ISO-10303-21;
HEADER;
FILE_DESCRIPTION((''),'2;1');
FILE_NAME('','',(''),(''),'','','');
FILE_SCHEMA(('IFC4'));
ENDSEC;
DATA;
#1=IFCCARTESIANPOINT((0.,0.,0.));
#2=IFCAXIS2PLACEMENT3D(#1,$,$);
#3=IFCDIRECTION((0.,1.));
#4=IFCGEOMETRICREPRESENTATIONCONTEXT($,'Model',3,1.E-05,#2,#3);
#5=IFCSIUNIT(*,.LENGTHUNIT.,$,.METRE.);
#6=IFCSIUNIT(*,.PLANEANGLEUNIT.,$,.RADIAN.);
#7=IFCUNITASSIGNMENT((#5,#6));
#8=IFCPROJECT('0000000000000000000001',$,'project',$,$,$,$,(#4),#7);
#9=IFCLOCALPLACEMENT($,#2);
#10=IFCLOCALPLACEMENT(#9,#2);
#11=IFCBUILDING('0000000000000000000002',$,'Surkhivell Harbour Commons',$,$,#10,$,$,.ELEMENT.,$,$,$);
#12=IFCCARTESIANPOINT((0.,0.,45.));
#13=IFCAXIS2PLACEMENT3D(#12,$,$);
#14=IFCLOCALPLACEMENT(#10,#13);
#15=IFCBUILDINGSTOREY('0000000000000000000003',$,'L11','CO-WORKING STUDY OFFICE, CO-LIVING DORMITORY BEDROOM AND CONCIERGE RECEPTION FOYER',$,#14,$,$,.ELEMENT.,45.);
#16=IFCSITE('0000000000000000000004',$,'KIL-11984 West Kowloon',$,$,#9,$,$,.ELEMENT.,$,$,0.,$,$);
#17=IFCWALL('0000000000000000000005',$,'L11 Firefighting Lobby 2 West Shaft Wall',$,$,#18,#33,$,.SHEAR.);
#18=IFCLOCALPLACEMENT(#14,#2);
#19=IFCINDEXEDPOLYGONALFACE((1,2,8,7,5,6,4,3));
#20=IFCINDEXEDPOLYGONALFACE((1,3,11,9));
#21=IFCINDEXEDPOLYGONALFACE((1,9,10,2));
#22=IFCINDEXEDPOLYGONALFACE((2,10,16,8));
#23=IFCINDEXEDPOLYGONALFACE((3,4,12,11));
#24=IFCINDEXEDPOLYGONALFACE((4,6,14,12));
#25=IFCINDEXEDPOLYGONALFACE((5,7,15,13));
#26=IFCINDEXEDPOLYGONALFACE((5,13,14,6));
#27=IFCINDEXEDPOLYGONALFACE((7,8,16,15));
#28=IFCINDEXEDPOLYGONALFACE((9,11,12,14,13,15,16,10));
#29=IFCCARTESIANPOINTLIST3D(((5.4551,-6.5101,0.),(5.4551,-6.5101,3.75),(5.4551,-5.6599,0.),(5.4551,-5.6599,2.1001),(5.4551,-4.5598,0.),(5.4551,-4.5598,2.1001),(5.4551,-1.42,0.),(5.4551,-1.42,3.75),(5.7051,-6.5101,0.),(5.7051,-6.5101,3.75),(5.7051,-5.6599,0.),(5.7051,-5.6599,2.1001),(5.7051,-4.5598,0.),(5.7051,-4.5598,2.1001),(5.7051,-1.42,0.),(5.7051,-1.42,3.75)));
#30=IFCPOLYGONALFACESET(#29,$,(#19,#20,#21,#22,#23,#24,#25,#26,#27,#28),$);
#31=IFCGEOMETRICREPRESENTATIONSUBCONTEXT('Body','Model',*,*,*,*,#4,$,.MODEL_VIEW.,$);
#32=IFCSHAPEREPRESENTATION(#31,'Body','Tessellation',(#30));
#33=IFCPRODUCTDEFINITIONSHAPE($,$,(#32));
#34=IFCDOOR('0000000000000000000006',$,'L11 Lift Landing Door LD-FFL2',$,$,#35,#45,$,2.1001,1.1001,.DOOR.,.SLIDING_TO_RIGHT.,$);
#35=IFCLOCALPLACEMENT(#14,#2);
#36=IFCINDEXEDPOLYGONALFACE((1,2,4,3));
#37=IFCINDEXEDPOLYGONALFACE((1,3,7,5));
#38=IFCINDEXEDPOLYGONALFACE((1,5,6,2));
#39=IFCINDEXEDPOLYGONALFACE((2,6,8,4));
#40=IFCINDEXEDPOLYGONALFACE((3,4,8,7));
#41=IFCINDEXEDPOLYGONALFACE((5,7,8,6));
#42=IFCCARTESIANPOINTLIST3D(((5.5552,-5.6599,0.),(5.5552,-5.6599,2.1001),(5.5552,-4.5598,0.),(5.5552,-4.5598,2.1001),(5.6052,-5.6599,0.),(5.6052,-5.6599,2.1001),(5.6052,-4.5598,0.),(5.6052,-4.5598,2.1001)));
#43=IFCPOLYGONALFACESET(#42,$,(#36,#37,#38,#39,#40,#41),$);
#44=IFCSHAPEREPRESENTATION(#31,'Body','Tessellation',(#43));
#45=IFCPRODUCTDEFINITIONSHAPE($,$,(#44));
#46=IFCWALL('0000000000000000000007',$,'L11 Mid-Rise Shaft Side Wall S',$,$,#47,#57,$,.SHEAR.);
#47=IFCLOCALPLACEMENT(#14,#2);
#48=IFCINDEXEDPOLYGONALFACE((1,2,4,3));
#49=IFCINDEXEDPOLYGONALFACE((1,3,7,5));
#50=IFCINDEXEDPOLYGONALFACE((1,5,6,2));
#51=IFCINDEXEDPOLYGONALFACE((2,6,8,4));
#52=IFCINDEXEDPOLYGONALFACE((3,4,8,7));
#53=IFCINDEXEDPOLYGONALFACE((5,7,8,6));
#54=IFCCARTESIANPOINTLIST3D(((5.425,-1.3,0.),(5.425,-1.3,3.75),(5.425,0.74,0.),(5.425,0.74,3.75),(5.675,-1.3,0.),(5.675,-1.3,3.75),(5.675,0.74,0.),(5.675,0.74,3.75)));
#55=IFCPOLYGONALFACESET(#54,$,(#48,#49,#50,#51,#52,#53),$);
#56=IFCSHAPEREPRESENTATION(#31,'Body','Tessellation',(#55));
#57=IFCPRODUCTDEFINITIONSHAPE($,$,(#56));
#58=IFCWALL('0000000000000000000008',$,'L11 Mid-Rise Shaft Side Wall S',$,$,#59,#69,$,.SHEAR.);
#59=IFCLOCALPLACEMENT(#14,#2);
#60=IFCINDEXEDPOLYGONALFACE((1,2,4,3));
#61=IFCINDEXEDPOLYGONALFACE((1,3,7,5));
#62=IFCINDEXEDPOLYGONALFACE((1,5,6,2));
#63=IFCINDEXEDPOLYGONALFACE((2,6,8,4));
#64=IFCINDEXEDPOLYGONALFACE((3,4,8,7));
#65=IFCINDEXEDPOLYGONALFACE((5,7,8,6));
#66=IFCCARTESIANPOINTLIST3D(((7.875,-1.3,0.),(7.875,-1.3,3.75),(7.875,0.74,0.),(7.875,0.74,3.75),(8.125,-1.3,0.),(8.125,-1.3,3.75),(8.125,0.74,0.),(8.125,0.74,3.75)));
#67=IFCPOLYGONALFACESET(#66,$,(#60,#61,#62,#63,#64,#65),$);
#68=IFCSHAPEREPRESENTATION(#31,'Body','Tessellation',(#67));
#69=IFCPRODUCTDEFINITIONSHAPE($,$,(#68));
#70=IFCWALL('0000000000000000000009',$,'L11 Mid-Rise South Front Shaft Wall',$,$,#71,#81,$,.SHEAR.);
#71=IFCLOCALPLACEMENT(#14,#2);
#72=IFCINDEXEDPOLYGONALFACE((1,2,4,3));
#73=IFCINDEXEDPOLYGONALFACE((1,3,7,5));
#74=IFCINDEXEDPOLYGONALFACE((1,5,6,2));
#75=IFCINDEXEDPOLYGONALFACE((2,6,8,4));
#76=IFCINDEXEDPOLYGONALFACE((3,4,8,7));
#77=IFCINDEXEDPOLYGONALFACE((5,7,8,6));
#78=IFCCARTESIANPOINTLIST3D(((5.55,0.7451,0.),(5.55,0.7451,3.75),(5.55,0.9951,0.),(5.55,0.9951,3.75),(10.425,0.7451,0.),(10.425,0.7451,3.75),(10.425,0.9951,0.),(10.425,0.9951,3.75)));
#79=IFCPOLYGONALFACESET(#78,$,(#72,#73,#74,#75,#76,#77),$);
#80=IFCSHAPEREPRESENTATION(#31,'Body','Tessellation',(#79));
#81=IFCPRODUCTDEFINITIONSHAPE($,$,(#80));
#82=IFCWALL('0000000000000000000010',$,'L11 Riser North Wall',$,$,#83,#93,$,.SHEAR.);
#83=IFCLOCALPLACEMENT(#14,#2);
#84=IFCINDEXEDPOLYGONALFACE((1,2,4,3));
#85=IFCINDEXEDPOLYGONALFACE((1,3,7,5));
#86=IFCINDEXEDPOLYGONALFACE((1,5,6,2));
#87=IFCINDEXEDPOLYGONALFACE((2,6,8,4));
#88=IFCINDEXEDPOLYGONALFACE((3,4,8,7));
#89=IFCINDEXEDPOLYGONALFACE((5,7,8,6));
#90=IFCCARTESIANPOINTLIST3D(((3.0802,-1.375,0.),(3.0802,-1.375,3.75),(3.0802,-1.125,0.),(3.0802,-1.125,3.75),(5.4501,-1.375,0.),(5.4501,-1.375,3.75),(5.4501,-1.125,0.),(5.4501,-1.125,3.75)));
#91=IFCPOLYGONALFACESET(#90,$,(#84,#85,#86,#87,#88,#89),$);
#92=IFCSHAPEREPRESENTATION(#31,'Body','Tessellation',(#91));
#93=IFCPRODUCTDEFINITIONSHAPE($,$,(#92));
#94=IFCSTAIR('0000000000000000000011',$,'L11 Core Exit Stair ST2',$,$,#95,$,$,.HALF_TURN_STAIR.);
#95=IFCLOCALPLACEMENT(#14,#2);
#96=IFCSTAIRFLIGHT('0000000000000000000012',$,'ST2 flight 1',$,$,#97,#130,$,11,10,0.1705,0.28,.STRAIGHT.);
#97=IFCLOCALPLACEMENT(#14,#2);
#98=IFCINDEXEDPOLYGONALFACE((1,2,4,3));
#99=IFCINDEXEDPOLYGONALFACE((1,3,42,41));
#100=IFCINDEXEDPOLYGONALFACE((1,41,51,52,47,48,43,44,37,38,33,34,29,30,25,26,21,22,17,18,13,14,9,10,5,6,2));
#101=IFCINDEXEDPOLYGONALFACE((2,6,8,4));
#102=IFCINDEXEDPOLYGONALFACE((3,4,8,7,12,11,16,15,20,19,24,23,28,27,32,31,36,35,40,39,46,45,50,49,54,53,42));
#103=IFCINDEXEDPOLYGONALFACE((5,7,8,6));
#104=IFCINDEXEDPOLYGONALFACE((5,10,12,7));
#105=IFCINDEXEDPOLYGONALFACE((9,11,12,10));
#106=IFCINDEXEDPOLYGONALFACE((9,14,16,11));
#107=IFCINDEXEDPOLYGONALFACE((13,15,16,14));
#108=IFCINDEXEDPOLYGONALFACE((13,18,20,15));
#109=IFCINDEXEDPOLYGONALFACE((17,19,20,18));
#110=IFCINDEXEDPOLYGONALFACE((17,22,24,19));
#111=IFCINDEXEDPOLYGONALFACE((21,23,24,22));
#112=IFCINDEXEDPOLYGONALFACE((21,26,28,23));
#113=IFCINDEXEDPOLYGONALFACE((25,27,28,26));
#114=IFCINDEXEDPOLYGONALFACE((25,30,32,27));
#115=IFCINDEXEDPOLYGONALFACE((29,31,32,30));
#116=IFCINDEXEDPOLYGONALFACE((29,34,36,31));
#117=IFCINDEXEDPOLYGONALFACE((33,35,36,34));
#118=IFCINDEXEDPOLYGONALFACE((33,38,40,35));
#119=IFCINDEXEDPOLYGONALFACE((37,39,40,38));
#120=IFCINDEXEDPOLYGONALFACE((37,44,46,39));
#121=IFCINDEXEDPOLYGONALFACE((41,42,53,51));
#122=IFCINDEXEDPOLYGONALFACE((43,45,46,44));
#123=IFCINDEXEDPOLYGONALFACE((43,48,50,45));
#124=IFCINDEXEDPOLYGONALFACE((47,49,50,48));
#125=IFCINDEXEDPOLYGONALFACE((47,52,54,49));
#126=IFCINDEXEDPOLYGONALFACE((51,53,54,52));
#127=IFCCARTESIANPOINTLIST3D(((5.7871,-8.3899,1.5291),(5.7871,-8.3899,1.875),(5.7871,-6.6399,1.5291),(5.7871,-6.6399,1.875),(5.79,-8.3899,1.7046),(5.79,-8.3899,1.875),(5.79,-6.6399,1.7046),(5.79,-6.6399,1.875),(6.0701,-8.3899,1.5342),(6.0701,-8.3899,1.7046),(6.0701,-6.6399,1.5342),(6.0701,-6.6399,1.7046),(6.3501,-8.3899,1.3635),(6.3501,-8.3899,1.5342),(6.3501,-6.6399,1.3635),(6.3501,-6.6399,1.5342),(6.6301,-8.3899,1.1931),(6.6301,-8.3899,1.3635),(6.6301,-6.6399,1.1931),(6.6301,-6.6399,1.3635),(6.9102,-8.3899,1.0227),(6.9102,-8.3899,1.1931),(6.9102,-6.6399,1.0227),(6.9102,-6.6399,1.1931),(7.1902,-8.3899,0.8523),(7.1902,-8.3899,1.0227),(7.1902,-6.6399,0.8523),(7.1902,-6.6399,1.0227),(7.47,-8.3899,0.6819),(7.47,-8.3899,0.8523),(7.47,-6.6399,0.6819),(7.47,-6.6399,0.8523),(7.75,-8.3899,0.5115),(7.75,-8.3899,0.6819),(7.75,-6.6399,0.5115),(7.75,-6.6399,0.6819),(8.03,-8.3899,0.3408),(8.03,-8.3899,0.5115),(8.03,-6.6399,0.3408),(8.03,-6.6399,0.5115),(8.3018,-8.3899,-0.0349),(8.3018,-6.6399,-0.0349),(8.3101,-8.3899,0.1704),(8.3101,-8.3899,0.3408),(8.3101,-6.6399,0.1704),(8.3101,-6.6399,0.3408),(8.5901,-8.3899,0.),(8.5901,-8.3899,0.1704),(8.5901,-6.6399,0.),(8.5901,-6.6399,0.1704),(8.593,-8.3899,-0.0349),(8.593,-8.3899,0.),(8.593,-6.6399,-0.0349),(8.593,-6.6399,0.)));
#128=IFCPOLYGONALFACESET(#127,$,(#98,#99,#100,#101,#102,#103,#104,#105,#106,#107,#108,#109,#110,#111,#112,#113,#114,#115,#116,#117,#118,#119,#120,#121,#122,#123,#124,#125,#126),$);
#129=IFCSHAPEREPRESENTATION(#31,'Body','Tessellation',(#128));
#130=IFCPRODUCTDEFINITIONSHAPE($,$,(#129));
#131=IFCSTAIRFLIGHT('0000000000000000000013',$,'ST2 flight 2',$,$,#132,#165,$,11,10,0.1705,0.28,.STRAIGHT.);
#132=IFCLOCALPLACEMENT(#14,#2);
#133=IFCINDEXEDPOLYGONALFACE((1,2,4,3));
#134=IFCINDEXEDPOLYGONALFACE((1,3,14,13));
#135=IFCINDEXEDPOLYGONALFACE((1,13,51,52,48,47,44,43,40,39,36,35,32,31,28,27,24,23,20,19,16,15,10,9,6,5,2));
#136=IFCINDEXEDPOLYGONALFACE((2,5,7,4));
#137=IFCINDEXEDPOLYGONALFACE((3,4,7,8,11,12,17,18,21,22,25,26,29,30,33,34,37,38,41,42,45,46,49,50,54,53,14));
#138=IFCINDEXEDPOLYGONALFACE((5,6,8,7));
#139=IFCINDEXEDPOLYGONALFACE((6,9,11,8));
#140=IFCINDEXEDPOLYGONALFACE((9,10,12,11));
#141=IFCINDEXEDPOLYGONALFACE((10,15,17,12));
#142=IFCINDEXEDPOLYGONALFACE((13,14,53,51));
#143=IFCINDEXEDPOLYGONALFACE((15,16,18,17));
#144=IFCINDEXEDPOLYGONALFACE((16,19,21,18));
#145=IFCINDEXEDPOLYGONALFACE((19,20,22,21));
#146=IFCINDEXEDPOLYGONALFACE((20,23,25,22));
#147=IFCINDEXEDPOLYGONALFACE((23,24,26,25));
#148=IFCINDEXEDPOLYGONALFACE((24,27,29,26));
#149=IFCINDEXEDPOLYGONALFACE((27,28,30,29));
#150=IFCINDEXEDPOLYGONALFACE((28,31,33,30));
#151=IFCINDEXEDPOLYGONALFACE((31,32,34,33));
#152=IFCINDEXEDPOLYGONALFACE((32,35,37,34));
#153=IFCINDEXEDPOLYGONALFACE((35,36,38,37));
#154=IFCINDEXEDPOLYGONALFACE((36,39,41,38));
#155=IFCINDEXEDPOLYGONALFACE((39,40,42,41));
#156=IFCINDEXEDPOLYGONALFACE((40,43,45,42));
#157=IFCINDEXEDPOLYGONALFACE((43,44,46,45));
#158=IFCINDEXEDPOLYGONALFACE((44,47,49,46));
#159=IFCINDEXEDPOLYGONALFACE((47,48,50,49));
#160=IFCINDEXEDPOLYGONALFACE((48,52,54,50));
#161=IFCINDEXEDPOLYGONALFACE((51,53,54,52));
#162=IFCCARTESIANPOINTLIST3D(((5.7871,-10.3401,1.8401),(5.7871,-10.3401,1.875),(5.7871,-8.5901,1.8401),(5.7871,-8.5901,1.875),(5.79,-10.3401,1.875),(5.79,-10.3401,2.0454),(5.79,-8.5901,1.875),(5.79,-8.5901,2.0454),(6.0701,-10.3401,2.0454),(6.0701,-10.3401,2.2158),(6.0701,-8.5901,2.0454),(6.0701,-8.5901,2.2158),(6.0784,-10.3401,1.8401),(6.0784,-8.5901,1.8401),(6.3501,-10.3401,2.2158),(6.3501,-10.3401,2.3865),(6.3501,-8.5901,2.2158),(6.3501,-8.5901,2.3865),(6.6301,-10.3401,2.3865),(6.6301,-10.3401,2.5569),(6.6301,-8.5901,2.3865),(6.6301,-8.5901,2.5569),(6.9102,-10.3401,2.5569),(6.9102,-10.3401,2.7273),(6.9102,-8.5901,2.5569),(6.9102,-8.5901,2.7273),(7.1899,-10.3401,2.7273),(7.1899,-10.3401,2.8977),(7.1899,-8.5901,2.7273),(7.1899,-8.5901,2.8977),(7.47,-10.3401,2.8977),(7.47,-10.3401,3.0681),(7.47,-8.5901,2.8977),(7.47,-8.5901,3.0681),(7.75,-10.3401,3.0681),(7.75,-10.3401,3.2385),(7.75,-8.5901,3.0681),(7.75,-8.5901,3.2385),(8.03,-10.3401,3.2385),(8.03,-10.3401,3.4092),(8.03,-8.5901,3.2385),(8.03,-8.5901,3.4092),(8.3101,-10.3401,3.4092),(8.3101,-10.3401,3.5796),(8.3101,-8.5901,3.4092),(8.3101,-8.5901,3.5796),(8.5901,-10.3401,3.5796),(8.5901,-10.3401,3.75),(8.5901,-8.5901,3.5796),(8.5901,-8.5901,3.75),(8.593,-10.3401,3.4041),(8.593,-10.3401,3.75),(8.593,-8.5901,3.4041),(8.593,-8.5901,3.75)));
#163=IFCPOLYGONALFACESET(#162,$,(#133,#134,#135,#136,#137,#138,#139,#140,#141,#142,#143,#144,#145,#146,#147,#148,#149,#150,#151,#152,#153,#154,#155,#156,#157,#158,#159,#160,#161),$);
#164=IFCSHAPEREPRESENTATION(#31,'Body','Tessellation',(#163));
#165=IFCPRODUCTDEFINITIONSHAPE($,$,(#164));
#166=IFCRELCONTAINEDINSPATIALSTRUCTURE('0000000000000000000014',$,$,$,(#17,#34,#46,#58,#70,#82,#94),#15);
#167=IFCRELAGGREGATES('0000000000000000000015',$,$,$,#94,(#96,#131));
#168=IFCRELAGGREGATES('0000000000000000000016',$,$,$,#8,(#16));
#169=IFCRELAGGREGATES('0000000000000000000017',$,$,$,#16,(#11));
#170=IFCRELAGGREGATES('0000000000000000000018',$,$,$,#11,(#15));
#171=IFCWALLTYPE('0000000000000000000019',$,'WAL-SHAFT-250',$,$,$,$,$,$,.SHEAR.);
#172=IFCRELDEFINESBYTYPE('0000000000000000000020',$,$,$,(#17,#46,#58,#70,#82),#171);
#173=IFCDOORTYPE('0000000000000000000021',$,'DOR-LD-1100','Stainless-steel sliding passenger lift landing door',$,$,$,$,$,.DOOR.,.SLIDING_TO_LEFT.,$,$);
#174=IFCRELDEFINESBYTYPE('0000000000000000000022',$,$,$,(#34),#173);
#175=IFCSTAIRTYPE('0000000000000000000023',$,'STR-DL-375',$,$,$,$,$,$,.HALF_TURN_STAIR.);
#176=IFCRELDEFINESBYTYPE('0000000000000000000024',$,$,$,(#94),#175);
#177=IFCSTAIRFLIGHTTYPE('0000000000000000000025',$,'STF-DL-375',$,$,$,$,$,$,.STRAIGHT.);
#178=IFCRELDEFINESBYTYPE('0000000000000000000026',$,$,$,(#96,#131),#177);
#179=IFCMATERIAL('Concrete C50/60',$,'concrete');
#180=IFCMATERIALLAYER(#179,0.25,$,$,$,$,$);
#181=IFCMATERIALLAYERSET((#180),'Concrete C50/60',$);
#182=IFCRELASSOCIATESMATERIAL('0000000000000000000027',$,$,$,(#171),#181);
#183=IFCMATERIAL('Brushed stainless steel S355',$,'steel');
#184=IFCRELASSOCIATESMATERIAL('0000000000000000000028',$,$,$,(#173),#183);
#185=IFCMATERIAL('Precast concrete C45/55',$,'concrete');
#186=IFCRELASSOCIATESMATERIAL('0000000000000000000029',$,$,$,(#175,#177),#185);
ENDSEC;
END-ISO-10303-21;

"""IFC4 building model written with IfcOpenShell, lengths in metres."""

from ifc_helpers import new_model, si_unit, direction, frame, frame_2d, origin, place, context, subcontext, project, spatial, polyline, rectangle, outline, extrude, material, layer, layer_set, type_object, element, fill, aggregate, save


model = new_model("IFC4")

# Units and contexts
model_context = context("Model", 3, precision=1e-05, world=origin(), true_north=direction((0.0, 1.0)))
body_context = subcontext(model_context, "Body", "Model", "MODEL_VIEW")
ifc_project = project(units=[si_unit("LENGTHUNIT", "METRE"), si_unit("PLANEANGLEUNIT", "RADIAN")], contexts=[model_context])

# Site, building, storey
site_placement = place(None, origin())
site = spatial("IfcSite", under=ifc_project, at=site_placement, Name="KIL-11984 West Kowloon", CompositionType="ELEMENT", RefElevation=0.0)
building_placement = place(site_placement, origin())
building = spatial("IfcBuilding", under=site, at=building_placement, Name="Surkhivell Harbour Commons", CompositionType="ELEMENT")
storey_placement = place(building_placement, frame((0.0, 0.0, 45.0)))
storey = spatial("IfcBuildingStorey", under=building, at=storey_placement, Name="L11", Description="CO-WORKING STUDY OFFICE, CO-LIVING DORMITORY BEDROOM AND CONCIERGE RECEPTION FOYER", CompositionType="ELEMENT", Elevation=45.0)

# Shared definitions
ifc_material_1 = material(Name="Concrete C50/60", Category="concrete")
ifc_layer_1 = layer(ifc_material_1, 0.25)
ifc_layer_set_1 = layer_set([ifc_layer_1], Name="Concrete C50/60")
wall_type_1 = type_object("IfcWallType", Name="WAL-SHAFT-250", PredefinedType="SHEAR", material=ifc_layer_set_1)

# Wall, opening, door
wall_1_placement = place(storey_placement, frame((5.5801, -6.51, 0.0), z_axis=(0.0, 0.0, 1.0), x_axis=(0.0, 1.0, 0.0)))
wall_1 = element("IfcWall", 1, at=wall_1_placement, inside=storey, type_object=wall_type_1, Name="L11 Firefighting Lobby 2 West Shaft Wall", PredefinedType="SHEAR", context=body_context, shape_type="SweptSolid", body=[
    extrude(rectangle(XDim=5.0901, YDim=0.25, at=frame_2d((2.5449, 0.0))), origin(), (0.0, 0.0, 1.0), 3.75),
])
opening_placement = place(wall_1_placement, frame((0.8501, 0.0, 0.0)))
opening = element("IfcOpeningElement", 2, at=opening_placement, cuts=wall_1, PredefinedType="OPENING", context=body_context, shape_type="SweptSolid", body=[
    extrude(rectangle(XDim=1.1001, YDim=2.1001, at=frame_2d((0.55, 1.05))), frame((0.0, 0.135, 0.0), z_axis=(0.0, -1.0, 0.0), x_axis=(1.0, 0.0, 0.0)), (0.0, 0.0, 1.0), 0.27),
])
ifc_material_2 = material(Name="Brushed stainless steel S355", Category="steel")
door_type = type_object("IfcDoorType", Name="DOR-LD-1100", Description="Stainless-steel sliding passenger lift landing door", OperationType="SLIDING_TO_LEFT", PredefinedType="DOOR", material=ifc_material_2)
door_placement = place(opening_placement, origin())
door = element("IfcDoor", 3, at=door_placement, inside=storey, type_object=door_type, Name="L11 Lift Landing Door LD-FFL2", OperationType="SLIDING_TO_RIGHT", OverallHeight=2.1001, OverallWidth=1.1001, PredefinedType="DOOR", context=body_context, shape_type="SweptSolid", body=[
    extrude(rectangle(XDim=1.1001, YDim=2.1001, at=frame_2d((0.55, 1.05))), frame((0.0, 0.0249, 0.0), z_axis=(0.0, -1.0, 0.0), x_axis=(1.0, 0.0, 0.0)), (0.0, 0.0, 1.0), 0.05),
])
fill(opening, door)

# Walls
for number, where, z_axis, x_axis, name in (
    (4, (5.55, -1.3, 0.0), (0.0, 0.0, 1.0), (0.0, 1.0, 0.0), "L11 Mid-Rise Shaft Side Wall S"),
    (5, (8.0, -1.3, 0.0), (0.0, 0.0, 1.0), (0.0, 1.0, 0.0), "L11 Mid-Rise Shaft Side Wall S"),
):
    element("IfcWall", number, at=place(storey_placement, frame(where, z_axis=z_axis, x_axis=x_axis)), inside=storey, type_object=wall_type_1, Name=name, PredefinedType="SHEAR", context=body_context, shape_type="SweptSolid", body=[
        extrude(rectangle(XDim=2.04, YDim=0.25, at=frame_2d((1.02, 0.0))), origin(), (0.0, 0.0, 1.0), 3.75),
    ])
wall_2_placement = place(storey_placement, frame((5.55, 0.8701, 0.0), z_axis=(0.0, 0.0, 1.0), x_axis=(1.0, 0.0, 0.0)))
element("IfcWall", 6, at=wall_2_placement, inside=storey, type_object=wall_type_1, Name="L11 Mid-Rise South Front Shaft Wall", PredefinedType="SHEAR", context=body_context, shape_type="SweptSolid", body=[
    extrude(rectangle(XDim=4.875, YDim=0.25, at=frame_2d((2.4375, 0.0))), origin(), (0.0, 0.0, 1.0), 3.75),
])
wall_3_placement = place(storey_placement, frame((3.0801, -1.25, 0.0), z_axis=(0.0, 0.0, 1.0), x_axis=(1.0, 0.0, 0.0)))
element("IfcWall", 7, at=wall_3_placement, inside=storey, type_object=wall_type_1, Name="L11 Riser North Wall", PredefinedType="SHEAR", context=body_context, shape_type="SweptSolid", body=[
    extrude(rectangle(XDim=2.3699, YDim=0.25, at=frame_2d((1.1851, 0.0))), origin(), (0.0, 0.0, 1.0), 3.75),
])

# Stair, stair flights
ifc_material_3 = material(Name="Precast concrete C45/55", Category="concrete")
stair_type = type_object("IfcStairType", Name="STR-DL-375", PredefinedType="HALF_TURN_STAIR", material=ifc_material_3)
stair_placement = place(storey_placement, origin())
stair = element("IfcStair", 8, at=stair_placement, inside=storey, type_object=stair_type, Name="L11 Core Exit Stair ST2", PredefinedType="HALF_TURN_STAIR")
stair_flight_type = type_object("IfcStairFlightType", Name="STF-DL-375", PredefinedType="STRAIGHT", material=ifc_material_3)
stair_flight_1_placement = place(storey_placement, frame((8.5901, -7.5149, 0.0), z_axis=(0.0, 0.0, 1.0), x_axis=(-1.0, 0.0, 0.0)))
stair_flight_1 = element("IfcStairFlight", 9, at=stair_flight_1_placement, type_object=stair_flight_type, Name="ST2 flight 1", NumberOfRisers=11, NumberOfTreads=10, PredefinedType="STRAIGHT", RiserHeight=0.1705, TreadLength=0.28, context=body_context, shape_type="SweptSolid", body=[
    extrude(outline(polyline([(-0.0029, -0.0349), (-0.0029, 0.0), (0.0, 0.0), (0.0, 0.1704), (0.28, 0.1704), (0.28, 0.3408), (0.5601, 0.3408), (0.5601, 0.5115), (0.8401, 0.5115), (0.8401, 0.6819), (1.1201, 0.6819), (1.1201, 0.8523), (1.3999, 0.8523), (1.3999, 1.0227), (1.6799, 1.0227), (1.6799, 1.1931), (1.96, 1.1931), (1.96, 1.3635), (2.24, 1.3635), (2.24, 1.5342), (2.52, 1.5342), (2.52, 1.7046), (2.8, 1.7046), (2.8, 1.875), (2.803, 1.875), (2.803, 1.5291), (0.2883, -0.0349), (-0.0029, -0.0349)])), frame((0.0, 0.875, 0.0), z_axis=(0.0, -1.0, 0.0), x_axis=(1.0, 0.0, 0.0)), (0.0, 0.0, 1.0), 1.75),
])
stair_flight_2_placement = place(storey_placement, frame((5.79, -9.4651, 1.875), z_axis=(0.0, 0.0, 1.0), x_axis=(1.0, 0.0, 0.0)))
stair_flight_2 = element("IfcStairFlight", 10, at=stair_flight_2_placement, type_object=stair_flight_type, Name="ST2 flight 2", NumberOfRisers=11, NumberOfTreads=10, PredefinedType="STRAIGHT", RiserHeight=0.1705, TreadLength=0.28, context=body_context, shape_type="SweptSolid", body=[
    extrude(outline(polyline([(-0.0029, -0.0349), (-0.0029, 0.0), (0.0, 0.0), (0.0, 0.1704), (0.28, 0.1704), (0.28, 0.3408), (0.5601, 0.3408), (0.5601, 0.5115), (0.8401, 0.5115), (0.8401, 0.6819), (1.1201, 0.6819), (1.1201, 0.8523), (1.3999, 0.8523), (1.3999, 1.0227), (1.6799, 1.0227), (1.6799, 1.1931), (1.96, 1.1931), (1.96, 1.3635), (2.24, 1.3635), (2.24, 1.5342), (2.52, 1.5342), (2.52, 1.7046), (2.8, 1.7046), (2.8, 1.875), (2.803, 1.875), (2.803, 1.5291), (0.2883, -0.0349), (-0.0029, -0.0349)])), frame((0.0, 0.875, 0.0), z_axis=(0.0, -1.0, 0.0), x_axis=(1.0, 0.0, 0.0)), (0.0, 0.0, 1.0), 1.75),
])
aggregate(stair, [stair_flight_1, stair_flight_2])

save(model, "model.ifc")
